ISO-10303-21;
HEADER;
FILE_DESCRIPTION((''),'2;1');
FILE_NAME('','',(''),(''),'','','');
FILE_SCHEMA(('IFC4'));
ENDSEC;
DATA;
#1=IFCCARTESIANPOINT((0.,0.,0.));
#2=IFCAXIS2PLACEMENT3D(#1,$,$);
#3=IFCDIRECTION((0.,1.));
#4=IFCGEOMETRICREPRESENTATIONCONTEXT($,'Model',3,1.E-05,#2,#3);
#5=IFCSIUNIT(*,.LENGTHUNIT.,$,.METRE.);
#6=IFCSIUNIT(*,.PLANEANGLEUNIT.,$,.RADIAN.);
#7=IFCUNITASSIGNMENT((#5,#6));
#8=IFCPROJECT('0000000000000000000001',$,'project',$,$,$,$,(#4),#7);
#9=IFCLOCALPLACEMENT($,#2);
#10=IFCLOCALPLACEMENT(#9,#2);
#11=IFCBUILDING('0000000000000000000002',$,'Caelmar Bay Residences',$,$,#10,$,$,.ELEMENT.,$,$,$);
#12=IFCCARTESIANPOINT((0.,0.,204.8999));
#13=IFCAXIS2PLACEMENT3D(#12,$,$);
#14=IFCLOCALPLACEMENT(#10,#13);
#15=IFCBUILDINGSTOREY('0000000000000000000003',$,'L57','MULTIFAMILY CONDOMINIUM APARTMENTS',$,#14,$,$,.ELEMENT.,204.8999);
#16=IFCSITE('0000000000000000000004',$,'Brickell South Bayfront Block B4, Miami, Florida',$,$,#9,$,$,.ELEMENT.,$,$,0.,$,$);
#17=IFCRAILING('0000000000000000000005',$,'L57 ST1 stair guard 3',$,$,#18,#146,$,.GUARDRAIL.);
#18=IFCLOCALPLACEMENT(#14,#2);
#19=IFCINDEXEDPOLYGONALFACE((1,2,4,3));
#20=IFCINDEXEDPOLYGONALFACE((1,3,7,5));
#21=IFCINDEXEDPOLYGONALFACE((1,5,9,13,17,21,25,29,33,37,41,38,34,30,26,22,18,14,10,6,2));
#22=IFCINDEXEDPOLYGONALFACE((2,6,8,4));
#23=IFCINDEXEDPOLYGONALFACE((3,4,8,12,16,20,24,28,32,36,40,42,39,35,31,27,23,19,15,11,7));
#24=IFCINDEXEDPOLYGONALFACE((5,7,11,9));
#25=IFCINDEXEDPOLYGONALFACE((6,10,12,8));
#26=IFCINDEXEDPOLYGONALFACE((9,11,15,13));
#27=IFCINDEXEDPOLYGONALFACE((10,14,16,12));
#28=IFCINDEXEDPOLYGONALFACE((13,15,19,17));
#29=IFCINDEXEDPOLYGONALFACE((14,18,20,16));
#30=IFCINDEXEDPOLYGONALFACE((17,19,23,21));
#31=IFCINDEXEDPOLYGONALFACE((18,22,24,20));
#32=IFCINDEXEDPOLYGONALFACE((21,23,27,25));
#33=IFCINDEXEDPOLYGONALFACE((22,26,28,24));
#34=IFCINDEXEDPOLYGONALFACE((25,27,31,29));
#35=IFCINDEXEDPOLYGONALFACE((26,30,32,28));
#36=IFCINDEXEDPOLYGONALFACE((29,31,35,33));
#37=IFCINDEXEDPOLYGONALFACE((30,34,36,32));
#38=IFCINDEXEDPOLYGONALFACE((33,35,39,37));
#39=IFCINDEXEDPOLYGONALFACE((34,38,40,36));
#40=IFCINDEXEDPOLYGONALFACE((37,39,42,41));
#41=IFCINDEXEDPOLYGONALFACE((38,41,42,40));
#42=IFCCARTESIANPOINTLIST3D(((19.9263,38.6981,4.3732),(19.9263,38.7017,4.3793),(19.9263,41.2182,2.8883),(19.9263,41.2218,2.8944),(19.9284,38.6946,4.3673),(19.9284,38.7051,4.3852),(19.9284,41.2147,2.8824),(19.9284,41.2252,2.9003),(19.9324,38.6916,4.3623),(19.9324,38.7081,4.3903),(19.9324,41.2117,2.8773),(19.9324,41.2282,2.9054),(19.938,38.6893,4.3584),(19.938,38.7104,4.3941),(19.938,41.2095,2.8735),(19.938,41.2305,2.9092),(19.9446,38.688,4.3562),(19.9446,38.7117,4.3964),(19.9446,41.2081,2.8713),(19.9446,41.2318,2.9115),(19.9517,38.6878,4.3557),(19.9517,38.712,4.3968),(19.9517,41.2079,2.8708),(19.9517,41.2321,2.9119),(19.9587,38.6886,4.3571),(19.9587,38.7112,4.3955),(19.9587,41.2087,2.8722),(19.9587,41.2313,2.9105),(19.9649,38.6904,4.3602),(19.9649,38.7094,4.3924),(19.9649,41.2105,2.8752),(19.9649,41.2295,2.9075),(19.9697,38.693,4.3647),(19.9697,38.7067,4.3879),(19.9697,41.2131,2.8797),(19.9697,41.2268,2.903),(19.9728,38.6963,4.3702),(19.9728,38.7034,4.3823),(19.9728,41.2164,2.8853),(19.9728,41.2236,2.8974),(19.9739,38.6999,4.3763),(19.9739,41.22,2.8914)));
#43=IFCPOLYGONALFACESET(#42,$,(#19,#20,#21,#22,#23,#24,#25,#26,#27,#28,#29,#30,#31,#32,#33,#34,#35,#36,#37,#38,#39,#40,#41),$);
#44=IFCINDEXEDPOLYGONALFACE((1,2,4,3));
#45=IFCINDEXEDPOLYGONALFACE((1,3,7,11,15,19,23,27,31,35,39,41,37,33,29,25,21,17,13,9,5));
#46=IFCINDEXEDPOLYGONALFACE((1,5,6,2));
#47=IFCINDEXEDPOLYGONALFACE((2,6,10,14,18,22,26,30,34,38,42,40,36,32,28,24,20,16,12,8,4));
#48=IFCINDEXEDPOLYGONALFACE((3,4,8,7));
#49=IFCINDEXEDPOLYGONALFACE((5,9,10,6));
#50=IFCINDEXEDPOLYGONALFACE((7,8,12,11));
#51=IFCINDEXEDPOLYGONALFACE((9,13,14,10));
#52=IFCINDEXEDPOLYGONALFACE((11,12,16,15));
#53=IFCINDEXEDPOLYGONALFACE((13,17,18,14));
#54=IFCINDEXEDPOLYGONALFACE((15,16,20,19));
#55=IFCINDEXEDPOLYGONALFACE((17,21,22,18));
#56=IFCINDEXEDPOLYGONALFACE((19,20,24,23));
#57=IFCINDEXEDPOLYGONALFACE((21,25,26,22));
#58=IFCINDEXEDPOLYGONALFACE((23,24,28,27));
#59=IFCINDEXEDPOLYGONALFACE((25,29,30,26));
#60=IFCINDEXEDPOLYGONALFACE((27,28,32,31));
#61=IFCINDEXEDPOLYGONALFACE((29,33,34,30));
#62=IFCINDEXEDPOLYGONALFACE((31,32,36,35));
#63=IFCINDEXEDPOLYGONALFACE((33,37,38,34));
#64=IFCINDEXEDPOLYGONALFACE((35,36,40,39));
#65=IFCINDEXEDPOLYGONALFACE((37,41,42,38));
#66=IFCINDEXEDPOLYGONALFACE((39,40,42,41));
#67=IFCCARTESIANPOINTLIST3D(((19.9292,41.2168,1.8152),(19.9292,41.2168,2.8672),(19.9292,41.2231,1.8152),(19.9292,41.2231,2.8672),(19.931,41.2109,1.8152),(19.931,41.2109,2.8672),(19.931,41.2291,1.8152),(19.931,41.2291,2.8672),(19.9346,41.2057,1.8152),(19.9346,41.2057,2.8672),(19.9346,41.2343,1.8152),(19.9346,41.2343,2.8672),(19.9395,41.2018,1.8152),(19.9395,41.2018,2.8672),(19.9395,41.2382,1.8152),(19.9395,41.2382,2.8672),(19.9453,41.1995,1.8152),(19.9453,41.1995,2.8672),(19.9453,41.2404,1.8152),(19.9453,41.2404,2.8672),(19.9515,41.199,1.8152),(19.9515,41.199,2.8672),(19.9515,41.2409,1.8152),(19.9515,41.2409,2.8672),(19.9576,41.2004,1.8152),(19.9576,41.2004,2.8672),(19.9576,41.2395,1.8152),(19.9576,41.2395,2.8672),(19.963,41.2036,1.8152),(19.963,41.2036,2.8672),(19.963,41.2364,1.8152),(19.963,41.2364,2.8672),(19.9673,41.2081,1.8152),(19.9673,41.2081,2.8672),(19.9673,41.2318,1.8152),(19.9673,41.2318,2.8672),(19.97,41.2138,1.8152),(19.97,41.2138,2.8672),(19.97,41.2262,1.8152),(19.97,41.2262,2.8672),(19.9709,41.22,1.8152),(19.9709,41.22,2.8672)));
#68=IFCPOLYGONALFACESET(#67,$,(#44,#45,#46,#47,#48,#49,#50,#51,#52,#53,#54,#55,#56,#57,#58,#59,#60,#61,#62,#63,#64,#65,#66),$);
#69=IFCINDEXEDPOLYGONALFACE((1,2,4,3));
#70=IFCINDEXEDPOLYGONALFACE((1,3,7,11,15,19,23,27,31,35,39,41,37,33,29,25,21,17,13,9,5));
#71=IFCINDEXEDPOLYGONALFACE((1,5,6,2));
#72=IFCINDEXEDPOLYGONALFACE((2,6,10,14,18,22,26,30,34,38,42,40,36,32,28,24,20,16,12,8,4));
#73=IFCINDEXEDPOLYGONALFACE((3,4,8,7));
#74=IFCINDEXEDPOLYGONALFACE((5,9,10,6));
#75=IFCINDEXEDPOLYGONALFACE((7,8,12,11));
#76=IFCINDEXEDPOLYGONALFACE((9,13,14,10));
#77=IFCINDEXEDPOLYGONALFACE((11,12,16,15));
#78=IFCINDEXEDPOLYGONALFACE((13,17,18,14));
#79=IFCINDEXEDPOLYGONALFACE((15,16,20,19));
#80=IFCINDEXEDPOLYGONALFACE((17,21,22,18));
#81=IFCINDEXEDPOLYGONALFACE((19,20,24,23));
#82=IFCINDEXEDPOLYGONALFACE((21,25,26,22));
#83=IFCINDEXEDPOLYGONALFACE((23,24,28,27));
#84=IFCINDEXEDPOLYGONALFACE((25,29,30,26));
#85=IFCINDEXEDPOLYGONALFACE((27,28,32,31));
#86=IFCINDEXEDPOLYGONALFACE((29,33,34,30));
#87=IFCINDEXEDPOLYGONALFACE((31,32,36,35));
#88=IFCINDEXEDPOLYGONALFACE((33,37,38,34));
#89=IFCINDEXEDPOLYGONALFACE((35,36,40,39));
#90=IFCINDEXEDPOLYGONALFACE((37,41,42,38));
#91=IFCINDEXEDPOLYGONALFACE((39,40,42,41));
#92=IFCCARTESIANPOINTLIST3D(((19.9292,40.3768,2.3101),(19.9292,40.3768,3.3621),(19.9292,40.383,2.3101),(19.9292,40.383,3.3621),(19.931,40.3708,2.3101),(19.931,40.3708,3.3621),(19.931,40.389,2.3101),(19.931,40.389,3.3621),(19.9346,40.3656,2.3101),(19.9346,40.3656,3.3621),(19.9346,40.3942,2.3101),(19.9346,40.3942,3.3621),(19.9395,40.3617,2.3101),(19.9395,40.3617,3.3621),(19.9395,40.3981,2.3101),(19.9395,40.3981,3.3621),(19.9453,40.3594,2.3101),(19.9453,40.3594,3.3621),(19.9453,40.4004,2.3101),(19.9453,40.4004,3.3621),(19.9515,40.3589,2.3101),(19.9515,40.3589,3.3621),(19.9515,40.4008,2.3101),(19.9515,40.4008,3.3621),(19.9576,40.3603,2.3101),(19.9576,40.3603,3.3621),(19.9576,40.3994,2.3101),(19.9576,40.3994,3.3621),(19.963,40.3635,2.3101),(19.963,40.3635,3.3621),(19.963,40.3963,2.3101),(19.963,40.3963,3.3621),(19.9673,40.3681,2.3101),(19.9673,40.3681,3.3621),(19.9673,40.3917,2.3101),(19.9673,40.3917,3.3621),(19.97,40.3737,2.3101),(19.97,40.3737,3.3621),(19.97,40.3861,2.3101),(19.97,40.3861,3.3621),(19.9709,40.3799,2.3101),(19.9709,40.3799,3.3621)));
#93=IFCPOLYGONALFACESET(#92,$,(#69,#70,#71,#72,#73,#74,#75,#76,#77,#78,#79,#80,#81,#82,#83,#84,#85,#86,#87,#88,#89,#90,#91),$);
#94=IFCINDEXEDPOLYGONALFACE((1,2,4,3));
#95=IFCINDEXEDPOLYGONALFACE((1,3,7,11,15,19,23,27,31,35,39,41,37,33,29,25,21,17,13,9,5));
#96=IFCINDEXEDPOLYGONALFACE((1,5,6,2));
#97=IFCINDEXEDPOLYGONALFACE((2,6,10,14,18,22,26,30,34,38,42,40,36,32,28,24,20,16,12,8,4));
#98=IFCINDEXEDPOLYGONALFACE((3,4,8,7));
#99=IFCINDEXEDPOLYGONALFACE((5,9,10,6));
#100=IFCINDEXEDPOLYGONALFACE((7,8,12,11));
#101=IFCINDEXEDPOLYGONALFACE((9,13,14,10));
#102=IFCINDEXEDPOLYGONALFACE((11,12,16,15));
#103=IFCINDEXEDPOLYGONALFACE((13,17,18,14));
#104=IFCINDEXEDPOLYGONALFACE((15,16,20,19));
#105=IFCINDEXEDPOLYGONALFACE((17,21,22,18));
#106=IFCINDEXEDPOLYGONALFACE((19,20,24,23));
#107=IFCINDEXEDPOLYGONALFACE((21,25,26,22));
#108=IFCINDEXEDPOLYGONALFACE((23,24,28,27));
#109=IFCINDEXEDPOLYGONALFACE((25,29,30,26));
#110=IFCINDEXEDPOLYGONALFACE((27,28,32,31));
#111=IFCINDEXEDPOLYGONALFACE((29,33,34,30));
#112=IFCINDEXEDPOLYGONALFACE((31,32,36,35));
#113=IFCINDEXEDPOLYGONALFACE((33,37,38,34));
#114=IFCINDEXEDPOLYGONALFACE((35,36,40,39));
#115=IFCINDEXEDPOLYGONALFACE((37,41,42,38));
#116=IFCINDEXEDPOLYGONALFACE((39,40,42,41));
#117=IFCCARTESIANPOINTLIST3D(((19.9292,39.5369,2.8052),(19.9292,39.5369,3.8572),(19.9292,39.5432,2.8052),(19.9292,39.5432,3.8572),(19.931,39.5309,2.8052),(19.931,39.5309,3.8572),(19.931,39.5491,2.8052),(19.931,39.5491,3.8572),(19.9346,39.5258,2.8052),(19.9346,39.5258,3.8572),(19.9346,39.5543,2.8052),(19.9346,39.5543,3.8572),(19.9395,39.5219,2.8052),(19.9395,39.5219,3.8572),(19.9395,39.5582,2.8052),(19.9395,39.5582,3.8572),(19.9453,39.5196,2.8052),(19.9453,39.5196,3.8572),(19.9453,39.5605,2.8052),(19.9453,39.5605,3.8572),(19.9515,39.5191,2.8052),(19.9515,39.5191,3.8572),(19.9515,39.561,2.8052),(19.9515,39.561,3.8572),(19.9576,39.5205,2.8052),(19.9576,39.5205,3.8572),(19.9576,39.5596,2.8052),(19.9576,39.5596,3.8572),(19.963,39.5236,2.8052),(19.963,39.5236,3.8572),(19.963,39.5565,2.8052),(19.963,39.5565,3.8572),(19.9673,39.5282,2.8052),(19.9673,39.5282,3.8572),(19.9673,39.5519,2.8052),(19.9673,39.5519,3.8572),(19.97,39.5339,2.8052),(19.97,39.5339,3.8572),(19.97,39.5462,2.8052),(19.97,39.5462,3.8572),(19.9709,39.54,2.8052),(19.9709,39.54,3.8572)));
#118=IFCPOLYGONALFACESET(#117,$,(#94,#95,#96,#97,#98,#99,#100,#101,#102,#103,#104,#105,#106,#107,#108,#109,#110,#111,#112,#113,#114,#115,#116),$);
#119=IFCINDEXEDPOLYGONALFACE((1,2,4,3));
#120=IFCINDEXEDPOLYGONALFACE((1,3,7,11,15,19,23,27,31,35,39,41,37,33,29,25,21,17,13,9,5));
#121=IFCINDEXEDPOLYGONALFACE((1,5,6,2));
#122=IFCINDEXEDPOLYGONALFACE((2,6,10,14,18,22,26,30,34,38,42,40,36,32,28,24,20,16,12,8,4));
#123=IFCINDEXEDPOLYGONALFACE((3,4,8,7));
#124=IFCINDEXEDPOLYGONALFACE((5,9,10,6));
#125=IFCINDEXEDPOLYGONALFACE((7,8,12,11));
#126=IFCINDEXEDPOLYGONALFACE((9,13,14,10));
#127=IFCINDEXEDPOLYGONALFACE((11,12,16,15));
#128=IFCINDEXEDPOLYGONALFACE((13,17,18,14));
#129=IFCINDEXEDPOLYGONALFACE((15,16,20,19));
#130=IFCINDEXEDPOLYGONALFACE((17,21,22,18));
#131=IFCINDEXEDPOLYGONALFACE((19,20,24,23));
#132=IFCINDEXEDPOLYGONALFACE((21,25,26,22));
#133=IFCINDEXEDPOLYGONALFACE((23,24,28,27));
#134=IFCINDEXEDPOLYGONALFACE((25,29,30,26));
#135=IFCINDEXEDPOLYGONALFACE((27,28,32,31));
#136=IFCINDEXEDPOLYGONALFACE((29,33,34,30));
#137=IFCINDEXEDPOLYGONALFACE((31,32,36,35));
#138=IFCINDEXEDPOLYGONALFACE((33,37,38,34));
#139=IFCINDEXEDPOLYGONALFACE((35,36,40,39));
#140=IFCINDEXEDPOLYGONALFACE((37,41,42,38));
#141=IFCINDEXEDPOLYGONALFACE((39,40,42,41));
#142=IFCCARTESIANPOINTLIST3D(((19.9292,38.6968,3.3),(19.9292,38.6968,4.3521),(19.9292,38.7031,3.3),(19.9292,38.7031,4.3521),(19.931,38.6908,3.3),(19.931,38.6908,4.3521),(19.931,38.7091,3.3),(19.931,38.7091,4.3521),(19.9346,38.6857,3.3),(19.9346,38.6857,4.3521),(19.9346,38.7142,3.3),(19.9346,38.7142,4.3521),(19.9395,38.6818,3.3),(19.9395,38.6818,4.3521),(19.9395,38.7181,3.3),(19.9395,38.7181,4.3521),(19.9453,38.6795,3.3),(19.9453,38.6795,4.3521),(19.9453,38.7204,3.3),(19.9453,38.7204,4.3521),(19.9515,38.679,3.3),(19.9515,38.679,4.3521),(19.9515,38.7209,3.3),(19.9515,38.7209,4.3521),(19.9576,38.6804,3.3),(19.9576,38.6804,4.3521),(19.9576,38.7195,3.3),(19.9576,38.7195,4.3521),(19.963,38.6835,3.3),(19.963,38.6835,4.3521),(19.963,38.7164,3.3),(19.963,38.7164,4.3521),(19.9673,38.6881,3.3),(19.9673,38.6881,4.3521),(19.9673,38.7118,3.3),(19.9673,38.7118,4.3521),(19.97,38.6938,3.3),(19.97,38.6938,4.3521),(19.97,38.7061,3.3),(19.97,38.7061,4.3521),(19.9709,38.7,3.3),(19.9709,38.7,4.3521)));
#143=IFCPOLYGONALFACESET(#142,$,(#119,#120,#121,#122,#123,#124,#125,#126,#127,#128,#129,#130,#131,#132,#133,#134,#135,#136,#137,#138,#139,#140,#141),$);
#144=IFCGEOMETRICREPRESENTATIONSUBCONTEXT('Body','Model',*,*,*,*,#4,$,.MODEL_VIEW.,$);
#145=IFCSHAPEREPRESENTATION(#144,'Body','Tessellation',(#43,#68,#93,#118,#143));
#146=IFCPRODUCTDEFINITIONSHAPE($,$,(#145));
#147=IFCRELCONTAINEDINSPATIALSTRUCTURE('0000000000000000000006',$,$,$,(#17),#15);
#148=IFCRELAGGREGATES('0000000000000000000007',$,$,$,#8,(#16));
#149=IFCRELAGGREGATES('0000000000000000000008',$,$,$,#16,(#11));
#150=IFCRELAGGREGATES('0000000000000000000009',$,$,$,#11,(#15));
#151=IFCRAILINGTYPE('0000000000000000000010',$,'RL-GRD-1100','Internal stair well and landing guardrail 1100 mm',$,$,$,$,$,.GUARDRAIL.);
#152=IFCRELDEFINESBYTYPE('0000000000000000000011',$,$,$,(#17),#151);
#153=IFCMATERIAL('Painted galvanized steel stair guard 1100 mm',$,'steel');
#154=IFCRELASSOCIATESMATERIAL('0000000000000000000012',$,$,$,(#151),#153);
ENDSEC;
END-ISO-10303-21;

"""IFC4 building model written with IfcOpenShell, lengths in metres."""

from ifc_helpers import new_model, si_unit, direction, frame, origin, origin_2d, place, context, subcontext, project, spatial, circle, extrude, material, type_object, element, save


model = new_model("IFC4")

# Units and contexts
model_context = context("Model", 3, precision=1e-05, world=origin(), true_north=direction((0.0, 1.0)))
body_context = subcontext(model_context, "Body", "Model", "MODEL_VIEW")
ifc_project = project(units=[si_unit("LENGTHUNIT", "METRE"), si_unit("PLANEANGLEUNIT", "RADIAN")], contexts=[model_context])

# Site, building, storey
site_placement = place(None, origin())
site = spatial("IfcSite", under=ifc_project, at=site_placement, Name="Brickell South Bayfront Block B4, Miami, Florida", CompositionType="ELEMENT", RefElevation=0.0)
building_placement = place(site_placement, origin())
building = spatial("IfcBuilding", under=site, at=building_placement, Name="Caelmar Bay Residences", CompositionType="ELEMENT")
storey_placement = place(building_placement, frame((0.0, 0.0, 204.8999)))
storey = spatial("IfcBuildingStorey", under=building, at=storey_placement, Name="L57", Description="MULTIFAMILY CONDOMINIUM APARTMENTS", CompositionType="ELEMENT", Elevation=204.8999)

# Railing
ifc_material_1 = material(Name="Painted galvanized steel stair guard 1100 mm", Category="steel")
railing_type_1 = type_object("IfcRailingType", Name="RL-GRD-1100", Description="Internal stair well and landing guardrail 1100 mm", PredefinedType="GUARDRAIL", material=ifc_material_1)
railing_1_placement = place(storey_placement, frame((19.95, 41.22, 1.8152)))
element("IfcRailing", 1, at=railing_1_placement, inside=storey, type_object=railing_type_1, Name="L57 ST1 stair guard 3", PredefinedType="GUARDRAIL", context=body_context, shape_type="SweptSolid", body=[
    extrude(circle(Radius=0.0239, at=origin_2d()), frame((0.0, 0.0, 1.0762), z_axis=(0.0, -0.861561, 0.507655), x_axis=(1.0, 0.0, 0.0)), (0.0, 0.0, 1.0), 2.925),
    extrude(circle(Radius=0.021, at=origin_2d()), origin(), (0.0, 0.0, 1.0), 1.052),
    extrude(circle(Radius=0.021, at=origin_2d()), frame((0.0, -0.8401, 0.4949)), (0.0, 0.0, 1.0), 1.052),
    extrude(circle(Radius=0.021, at=origin_2d()), frame((0.0, -1.6799, 0.99)), (0.0, 0.0, 1.0), 1.052),
    extrude(circle(Radius=0.021, at=origin_2d()), frame((0.0, -2.52, 1.4849)), (0.0, 0.0, 1.0), 1.052),
])

save(model, "model.ifc")
